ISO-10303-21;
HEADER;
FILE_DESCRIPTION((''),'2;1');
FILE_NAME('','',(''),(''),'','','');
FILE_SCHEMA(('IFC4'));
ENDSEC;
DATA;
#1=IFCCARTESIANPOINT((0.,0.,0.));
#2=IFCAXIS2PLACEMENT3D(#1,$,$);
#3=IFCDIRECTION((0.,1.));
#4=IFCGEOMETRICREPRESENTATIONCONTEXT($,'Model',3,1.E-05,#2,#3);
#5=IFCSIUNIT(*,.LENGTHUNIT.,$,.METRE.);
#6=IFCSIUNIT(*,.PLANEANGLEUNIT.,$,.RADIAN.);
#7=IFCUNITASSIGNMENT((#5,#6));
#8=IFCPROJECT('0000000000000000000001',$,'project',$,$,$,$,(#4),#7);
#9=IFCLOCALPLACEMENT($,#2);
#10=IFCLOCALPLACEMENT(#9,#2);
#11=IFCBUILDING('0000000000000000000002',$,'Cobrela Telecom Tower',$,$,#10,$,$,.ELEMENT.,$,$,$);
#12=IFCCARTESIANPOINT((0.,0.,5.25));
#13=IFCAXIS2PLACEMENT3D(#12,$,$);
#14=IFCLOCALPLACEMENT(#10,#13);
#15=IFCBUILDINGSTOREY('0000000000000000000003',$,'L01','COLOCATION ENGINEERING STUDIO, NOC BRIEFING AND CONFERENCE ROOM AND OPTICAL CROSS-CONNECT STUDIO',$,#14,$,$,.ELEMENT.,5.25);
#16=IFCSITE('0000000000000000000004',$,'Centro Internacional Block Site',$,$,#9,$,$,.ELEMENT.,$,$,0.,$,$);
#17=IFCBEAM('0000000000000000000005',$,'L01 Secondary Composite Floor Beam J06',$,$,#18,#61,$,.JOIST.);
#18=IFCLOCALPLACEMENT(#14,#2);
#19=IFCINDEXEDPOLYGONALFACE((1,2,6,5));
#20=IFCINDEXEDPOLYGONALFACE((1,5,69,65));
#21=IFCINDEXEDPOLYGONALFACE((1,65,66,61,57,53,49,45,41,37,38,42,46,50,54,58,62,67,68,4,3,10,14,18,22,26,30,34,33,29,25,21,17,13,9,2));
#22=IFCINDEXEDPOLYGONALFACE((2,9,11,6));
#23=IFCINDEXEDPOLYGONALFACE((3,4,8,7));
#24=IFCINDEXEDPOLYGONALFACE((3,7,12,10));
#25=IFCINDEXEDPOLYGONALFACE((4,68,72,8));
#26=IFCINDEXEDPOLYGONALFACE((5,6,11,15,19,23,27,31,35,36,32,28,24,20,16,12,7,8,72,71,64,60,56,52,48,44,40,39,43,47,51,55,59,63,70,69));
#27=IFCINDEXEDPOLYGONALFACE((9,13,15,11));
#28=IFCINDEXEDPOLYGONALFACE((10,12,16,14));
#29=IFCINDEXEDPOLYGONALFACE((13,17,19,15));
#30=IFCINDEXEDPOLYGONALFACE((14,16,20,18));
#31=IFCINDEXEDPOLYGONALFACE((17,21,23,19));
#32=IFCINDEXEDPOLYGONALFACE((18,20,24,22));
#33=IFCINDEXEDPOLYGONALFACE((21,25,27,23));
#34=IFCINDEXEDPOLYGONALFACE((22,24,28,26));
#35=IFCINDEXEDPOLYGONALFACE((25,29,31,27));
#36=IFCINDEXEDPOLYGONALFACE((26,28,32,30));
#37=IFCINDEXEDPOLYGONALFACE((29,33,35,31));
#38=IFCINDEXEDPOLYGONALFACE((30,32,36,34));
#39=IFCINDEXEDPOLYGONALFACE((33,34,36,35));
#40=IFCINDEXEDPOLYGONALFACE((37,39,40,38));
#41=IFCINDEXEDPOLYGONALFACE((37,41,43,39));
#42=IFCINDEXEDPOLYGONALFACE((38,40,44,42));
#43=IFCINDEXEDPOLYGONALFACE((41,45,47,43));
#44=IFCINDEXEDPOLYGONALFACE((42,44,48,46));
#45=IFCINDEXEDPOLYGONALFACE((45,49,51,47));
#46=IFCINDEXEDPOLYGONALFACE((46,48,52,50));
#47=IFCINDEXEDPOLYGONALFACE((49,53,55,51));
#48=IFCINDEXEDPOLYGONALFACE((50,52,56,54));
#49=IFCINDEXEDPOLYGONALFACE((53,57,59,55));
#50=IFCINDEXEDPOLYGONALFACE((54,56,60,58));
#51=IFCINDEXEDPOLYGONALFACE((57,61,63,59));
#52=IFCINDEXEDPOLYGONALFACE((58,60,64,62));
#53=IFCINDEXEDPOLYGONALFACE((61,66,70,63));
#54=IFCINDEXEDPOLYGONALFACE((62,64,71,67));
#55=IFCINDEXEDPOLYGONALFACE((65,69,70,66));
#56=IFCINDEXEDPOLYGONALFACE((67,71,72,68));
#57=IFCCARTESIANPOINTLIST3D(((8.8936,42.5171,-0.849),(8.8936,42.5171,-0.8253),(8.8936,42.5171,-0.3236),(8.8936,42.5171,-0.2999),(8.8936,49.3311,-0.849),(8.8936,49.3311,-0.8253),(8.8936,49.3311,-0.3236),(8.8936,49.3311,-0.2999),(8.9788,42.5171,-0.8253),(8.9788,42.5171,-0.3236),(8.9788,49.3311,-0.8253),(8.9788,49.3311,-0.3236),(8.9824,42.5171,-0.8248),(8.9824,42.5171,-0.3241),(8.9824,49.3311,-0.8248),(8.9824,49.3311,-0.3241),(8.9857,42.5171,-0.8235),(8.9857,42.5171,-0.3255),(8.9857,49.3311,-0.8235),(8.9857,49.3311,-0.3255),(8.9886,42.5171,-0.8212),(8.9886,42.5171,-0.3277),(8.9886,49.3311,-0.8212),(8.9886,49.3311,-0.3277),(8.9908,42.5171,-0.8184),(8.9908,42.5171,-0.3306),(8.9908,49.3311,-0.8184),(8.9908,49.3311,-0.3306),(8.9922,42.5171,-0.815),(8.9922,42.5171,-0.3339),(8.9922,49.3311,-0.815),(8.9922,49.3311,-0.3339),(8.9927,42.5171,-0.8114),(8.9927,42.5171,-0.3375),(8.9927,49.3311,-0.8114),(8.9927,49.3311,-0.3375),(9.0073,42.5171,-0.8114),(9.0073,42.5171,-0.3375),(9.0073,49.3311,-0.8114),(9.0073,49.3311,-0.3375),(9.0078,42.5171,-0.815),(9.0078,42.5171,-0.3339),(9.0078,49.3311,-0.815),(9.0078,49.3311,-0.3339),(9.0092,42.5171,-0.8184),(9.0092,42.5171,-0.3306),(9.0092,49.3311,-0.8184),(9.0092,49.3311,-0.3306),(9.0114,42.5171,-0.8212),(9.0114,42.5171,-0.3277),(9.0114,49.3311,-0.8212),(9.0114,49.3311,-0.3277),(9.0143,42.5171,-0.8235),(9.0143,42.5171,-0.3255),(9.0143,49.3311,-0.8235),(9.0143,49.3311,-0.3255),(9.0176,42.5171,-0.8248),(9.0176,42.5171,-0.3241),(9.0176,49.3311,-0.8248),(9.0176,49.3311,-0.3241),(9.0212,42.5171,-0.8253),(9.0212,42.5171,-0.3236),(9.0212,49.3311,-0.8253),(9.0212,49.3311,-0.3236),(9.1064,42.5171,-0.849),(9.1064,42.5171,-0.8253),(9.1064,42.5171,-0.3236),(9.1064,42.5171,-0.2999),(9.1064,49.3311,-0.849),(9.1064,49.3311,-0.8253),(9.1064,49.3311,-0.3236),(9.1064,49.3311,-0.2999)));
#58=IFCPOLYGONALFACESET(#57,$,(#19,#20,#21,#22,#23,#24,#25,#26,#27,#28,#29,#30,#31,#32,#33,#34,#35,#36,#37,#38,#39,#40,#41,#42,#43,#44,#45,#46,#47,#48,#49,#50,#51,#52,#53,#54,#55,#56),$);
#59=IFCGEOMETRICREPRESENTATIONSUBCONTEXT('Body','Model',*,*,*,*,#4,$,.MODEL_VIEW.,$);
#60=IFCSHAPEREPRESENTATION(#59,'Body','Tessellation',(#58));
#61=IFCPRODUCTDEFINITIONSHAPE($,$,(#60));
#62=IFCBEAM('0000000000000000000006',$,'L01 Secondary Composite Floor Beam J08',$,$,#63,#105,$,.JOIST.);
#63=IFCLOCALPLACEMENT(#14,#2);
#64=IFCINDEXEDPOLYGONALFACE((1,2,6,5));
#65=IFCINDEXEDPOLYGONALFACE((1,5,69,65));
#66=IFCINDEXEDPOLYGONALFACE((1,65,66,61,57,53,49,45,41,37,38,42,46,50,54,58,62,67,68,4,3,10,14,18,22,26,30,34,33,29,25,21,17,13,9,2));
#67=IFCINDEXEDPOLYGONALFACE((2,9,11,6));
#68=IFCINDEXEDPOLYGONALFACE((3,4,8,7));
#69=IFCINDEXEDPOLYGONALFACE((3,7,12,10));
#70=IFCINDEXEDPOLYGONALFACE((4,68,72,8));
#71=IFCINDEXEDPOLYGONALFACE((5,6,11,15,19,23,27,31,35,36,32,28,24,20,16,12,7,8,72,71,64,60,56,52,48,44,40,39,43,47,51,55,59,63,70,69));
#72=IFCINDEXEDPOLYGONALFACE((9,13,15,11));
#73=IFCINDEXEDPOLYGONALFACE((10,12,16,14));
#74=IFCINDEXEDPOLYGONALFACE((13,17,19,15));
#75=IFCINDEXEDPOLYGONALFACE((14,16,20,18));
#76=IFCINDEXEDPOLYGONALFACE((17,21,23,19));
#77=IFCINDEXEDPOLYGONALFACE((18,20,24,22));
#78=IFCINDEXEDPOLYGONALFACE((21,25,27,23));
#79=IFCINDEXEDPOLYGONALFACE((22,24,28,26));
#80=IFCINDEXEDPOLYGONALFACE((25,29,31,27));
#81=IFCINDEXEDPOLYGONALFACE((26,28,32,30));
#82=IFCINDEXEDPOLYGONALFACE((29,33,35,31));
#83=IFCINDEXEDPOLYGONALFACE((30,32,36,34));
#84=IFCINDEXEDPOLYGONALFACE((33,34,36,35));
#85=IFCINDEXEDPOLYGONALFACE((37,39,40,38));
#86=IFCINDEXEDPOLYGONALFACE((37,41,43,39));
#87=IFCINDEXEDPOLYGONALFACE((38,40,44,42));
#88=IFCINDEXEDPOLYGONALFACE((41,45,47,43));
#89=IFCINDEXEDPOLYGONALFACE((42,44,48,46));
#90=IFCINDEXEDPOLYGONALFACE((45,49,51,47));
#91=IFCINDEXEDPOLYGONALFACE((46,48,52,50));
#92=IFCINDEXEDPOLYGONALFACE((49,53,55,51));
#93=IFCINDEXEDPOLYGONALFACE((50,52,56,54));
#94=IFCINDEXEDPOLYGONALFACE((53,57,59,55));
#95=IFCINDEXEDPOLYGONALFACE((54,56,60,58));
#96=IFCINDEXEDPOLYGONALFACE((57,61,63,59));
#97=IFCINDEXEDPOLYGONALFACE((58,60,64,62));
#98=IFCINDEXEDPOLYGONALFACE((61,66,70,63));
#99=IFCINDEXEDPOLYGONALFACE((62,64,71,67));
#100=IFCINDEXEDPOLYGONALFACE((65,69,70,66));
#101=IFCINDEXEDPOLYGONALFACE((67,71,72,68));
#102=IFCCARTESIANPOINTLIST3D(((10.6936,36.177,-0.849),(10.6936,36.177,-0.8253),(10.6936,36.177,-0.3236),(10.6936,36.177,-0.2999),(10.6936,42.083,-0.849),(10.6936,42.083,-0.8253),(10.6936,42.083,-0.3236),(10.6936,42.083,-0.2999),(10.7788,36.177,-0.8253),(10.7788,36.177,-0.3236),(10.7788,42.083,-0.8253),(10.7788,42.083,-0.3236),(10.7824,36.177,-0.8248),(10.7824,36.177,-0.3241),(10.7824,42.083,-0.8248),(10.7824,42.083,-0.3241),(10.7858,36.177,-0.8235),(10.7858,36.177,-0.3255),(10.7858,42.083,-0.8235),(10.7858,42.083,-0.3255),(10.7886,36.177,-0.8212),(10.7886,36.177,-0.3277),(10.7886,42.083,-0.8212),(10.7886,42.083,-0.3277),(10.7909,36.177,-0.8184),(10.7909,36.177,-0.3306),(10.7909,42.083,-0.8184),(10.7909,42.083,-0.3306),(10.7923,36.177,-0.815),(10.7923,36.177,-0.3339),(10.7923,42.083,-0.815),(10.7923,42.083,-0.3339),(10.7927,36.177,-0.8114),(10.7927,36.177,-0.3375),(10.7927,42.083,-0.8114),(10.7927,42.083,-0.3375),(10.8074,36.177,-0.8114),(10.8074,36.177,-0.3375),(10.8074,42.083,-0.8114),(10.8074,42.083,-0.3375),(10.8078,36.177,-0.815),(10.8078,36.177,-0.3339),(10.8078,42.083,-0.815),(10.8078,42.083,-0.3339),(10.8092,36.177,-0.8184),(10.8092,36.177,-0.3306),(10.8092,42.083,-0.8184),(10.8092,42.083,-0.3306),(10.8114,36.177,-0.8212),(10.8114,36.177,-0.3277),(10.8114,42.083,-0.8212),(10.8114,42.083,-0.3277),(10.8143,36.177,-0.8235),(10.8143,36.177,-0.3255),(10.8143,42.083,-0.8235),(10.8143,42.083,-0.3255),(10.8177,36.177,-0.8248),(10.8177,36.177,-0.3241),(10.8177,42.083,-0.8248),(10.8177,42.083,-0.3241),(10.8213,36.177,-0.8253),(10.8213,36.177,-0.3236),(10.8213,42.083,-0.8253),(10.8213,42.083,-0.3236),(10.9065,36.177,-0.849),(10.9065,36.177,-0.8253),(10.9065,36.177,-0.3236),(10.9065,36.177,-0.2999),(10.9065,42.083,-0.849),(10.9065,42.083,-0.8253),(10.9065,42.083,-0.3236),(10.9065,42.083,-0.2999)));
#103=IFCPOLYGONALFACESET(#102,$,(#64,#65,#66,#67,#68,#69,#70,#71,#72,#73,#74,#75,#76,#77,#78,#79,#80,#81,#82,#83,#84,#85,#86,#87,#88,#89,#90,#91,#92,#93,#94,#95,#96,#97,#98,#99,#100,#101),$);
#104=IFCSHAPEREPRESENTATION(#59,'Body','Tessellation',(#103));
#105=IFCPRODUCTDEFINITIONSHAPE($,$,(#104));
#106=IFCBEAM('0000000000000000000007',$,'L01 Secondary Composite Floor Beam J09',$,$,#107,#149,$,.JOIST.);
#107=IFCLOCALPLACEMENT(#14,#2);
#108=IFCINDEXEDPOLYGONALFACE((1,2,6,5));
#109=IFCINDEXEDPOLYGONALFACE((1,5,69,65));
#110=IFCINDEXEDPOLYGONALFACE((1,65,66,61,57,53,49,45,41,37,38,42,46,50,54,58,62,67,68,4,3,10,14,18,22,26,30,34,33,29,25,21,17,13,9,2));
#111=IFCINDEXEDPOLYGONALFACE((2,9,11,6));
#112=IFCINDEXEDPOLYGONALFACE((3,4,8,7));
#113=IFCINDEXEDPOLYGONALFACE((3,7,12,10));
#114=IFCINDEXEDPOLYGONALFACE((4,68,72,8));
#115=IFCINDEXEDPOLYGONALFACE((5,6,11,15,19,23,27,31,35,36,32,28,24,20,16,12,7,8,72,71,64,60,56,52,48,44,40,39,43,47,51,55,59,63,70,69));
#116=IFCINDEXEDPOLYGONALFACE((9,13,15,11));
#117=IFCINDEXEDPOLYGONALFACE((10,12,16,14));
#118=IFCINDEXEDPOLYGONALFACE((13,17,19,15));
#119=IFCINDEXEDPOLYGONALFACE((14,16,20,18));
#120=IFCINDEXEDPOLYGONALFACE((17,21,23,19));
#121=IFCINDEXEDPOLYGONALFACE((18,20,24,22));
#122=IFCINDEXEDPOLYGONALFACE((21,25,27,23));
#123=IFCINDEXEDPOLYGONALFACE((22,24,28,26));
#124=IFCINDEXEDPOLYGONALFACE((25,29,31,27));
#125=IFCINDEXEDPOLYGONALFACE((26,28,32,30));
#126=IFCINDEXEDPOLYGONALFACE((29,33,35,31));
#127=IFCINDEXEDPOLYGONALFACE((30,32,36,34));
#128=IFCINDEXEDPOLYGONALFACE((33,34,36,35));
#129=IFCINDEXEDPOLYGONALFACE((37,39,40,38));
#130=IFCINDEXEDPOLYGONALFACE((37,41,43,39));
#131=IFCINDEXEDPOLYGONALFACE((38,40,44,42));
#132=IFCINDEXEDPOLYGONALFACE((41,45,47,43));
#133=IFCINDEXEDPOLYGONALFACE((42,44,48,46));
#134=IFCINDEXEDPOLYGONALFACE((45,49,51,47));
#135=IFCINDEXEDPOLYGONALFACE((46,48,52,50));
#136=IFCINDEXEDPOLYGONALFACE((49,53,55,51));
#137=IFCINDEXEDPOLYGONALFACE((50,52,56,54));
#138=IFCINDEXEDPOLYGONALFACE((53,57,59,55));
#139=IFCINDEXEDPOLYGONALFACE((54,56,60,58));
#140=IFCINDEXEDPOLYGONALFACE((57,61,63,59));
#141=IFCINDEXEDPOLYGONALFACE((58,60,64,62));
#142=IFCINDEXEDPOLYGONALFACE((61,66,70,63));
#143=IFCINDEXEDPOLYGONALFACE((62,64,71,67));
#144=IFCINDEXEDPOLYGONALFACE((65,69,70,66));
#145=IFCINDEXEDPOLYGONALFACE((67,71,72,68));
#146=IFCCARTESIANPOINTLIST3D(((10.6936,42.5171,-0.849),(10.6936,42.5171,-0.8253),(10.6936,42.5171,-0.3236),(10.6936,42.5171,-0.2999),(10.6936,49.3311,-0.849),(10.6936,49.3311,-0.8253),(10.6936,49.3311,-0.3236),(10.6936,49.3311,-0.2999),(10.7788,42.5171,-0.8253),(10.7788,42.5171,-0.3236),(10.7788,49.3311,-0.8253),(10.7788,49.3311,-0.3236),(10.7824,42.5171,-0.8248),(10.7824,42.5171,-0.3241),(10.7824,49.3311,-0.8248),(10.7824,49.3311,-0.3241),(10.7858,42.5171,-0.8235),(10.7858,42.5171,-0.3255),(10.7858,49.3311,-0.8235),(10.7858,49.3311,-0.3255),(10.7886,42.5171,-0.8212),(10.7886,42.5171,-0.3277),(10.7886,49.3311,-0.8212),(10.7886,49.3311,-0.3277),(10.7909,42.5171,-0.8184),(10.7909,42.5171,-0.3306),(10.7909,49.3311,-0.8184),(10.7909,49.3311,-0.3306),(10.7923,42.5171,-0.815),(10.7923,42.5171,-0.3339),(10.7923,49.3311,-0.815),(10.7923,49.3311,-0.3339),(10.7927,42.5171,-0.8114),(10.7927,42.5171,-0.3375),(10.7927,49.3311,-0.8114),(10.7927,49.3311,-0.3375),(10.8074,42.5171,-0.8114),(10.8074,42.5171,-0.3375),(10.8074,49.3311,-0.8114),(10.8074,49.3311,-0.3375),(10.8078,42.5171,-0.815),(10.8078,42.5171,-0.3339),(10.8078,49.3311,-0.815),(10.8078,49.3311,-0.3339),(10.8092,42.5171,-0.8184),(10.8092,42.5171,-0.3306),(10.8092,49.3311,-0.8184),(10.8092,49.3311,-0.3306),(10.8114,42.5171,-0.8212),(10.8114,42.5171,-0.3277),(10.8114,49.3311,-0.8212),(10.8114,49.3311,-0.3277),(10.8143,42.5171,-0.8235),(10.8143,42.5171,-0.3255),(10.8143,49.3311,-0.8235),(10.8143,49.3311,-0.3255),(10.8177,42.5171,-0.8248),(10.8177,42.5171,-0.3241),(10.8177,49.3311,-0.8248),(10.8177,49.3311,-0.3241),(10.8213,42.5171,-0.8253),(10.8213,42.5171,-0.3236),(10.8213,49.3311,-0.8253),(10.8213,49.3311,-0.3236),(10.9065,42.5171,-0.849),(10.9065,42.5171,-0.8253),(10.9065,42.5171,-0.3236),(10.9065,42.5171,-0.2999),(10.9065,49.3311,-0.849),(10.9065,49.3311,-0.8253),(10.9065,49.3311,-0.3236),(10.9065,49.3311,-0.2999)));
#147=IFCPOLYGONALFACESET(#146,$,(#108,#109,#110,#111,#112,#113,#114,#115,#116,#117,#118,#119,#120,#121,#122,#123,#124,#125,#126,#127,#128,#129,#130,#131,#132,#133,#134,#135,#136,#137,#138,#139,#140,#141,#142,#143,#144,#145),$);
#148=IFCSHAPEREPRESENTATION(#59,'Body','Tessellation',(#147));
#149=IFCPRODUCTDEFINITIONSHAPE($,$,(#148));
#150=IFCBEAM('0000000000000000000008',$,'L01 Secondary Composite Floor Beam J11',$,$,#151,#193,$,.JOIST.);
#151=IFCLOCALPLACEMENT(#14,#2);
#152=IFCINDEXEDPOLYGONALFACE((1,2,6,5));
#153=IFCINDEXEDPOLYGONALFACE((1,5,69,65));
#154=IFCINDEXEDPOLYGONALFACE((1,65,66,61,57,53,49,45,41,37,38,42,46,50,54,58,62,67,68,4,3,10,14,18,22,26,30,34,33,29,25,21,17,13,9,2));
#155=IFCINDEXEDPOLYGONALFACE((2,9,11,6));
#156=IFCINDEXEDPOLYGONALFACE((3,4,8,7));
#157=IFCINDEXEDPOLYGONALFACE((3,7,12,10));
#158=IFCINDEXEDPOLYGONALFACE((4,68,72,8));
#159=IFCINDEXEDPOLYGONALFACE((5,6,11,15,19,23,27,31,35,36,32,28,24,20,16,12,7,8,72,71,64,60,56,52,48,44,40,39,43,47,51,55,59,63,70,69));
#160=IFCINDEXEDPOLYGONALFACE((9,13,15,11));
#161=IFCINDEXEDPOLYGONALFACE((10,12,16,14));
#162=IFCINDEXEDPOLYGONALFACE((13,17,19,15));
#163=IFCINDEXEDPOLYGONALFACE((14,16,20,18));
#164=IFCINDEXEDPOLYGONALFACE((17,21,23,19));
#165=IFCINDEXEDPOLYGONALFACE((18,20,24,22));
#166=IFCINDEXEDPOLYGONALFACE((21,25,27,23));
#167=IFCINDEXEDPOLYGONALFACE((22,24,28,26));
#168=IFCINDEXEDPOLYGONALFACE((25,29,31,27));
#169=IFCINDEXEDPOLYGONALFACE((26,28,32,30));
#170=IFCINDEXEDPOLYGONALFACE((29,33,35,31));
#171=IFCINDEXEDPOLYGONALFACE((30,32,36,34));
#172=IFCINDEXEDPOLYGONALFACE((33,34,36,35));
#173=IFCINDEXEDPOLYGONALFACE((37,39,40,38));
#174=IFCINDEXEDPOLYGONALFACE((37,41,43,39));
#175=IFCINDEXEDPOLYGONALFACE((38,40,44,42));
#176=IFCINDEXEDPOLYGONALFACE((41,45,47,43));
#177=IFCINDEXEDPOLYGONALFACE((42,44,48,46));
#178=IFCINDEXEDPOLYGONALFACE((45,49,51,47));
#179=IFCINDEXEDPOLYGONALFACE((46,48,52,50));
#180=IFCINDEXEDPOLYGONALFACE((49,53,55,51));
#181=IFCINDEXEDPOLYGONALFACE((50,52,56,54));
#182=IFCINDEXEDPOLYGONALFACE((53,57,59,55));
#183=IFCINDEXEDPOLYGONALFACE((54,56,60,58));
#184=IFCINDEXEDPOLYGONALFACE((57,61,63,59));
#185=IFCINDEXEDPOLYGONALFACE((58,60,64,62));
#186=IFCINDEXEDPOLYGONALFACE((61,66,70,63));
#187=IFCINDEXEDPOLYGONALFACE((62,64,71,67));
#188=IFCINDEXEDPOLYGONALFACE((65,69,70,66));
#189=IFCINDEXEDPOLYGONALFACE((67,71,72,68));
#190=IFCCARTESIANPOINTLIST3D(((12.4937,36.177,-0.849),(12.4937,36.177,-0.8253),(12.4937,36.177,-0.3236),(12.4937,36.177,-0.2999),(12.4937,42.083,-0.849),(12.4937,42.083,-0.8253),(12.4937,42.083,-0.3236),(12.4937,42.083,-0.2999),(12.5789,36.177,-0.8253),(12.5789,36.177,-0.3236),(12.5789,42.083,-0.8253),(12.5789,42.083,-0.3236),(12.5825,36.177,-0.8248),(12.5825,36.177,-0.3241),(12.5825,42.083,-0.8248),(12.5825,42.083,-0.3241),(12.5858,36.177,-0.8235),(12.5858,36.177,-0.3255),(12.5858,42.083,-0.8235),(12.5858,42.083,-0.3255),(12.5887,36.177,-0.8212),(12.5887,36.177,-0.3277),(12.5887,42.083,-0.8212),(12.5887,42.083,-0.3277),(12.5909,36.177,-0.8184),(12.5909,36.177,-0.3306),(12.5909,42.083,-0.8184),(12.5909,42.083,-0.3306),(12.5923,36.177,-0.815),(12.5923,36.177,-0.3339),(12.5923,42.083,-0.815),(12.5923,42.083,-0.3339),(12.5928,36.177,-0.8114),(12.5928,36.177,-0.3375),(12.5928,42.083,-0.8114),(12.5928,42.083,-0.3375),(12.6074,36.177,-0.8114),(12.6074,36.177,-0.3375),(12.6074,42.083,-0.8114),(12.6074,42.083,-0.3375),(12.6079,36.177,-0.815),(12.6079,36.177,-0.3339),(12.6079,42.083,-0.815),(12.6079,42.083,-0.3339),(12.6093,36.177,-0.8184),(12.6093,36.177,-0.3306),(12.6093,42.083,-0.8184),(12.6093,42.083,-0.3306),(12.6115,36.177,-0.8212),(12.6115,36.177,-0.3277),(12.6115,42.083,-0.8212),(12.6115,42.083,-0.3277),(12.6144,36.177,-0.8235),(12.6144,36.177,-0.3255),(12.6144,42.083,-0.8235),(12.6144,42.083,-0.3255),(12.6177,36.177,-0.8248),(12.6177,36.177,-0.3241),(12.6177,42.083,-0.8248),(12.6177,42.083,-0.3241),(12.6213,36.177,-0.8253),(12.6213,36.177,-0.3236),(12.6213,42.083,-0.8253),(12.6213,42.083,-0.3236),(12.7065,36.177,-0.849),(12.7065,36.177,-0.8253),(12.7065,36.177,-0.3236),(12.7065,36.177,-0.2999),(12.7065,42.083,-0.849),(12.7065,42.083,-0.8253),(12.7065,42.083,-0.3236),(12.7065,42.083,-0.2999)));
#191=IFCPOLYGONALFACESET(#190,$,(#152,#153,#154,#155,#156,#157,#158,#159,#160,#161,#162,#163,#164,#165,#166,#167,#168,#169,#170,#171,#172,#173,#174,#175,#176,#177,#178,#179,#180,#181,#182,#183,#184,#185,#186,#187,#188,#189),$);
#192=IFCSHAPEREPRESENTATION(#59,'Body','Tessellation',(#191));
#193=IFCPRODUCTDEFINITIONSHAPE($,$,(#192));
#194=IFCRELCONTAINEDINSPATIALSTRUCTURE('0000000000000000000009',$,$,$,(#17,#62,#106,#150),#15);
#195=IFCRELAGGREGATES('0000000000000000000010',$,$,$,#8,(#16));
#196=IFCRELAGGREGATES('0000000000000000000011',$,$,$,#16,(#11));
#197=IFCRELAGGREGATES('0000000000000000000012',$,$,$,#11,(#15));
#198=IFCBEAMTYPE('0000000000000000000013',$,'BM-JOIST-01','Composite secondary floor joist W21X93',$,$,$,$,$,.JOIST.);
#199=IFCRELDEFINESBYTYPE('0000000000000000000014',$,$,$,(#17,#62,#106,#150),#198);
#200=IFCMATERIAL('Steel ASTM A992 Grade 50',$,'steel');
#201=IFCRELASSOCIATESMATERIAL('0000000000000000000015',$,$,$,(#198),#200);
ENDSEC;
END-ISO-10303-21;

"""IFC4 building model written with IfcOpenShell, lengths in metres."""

from ifc_helpers import new_model, si_unit, direction, frame, origin, origin_2d, place, context, subcontext, project, spatial, i_section, extrude, material, material_profile, profile_set, type_object, element, save


model = new_model("IFC4")

# Units and contexts
model_context = context("Model", 3, precision=1e-05, world=origin(), true_north=direction((0.0, 1.0)))
body_context = subcontext(model_context, "Body", "Model", "MODEL_VIEW")
ifc_project = project(units=[si_unit("LENGTHUNIT", "METRE"), si_unit("PLANEANGLEUNIT", "RADIAN")], contexts=[model_context])

# Site, building, storey
site_placement = place(None, origin())
site = spatial("IfcSite", under=ifc_project, at=site_placement, Name="Centro Internacional Block Site", CompositionType="ELEMENT", RefElevation=0.0)
building_placement = place(site_placement, origin())
building = spatial("IfcBuilding", under=site, at=building_placement, Name="Cobrela Telecom Tower", CompositionType="ELEMENT")
storey_placement = place(building_placement, frame((0.0, 0.0, 5.25)))
storey = spatial("IfcBuildingStorey", under=building, at=storey_placement, Name="L01", Description="COLOCATION ENGINEERING STUDIO, NOC BRIEFING AND CONFERENCE ROOM AND OPTICAL CROSS-CONNECT STUDIO", CompositionType="ELEMENT", Elevation=5.25)

# Beams
ifc_material_1 = material(Name="Steel ASTM A992 Grade 50", Category="steel")
ifc_material_profile_1 = material_profile(ifc_material_1, i_section(OverallWidth=0.2129, OverallDepth=0.5491, WebThickness=0.0146, FlangeThickness=0.0237, FilletRadius=0.0139, at=origin_2d()), Name="W21X93")
ifc_profile_set_1 = profile_set([ifc_material_profile_1], Name="Steel ASTM A992 Grade 50")
beam_type_1 = type_object("IfcBeamType", Name="BM-JOIST-01", Description="Composite secondary floor joist W21X93", PredefinedType="JOIST", material=ifc_profile_set_1)
beam_1_placement = place(storey_placement, frame((9.0, 42.5171, -0.5745), z_axis=(0.0, 1.0, 0.0), x_axis=(-1.0, 0.0, 0.0)))
element("IfcBeam", 1, at=beam_1_placement, inside=storey, type_object=beam_type_1, Name="L01 Secondary Composite Floor Beam J06", PredefinedType="JOIST", context=body_context, shape_type="SweptSolid", body=[
    extrude(i_section(OverallWidth=0.2129, OverallDepth=0.5491, WebThickness=0.0146, FlangeThickness=0.0237, FilletRadius=0.0139, at=origin_2d()), origin(), (0.0, 0.0, 1.0), 6.814),
])
beam_2_placement = place(storey_placement, frame((10.8, 36.177, -0.5745), z_axis=(0.0, 1.0, 0.0), x_axis=(-1.0, 0.0, 0.0)))
element("IfcBeam", 2, at=beam_2_placement, inside=storey, type_object=beam_type_1, Name="L01 Secondary Composite Floor Beam J08", PredefinedType="JOIST", context=body_context, shape_type="SweptSolid", body=[
    extrude(i_section(OverallWidth=0.2129, OverallDepth=0.5491, WebThickness=0.0146, FlangeThickness=0.0237, FilletRadius=0.0139, at=origin_2d()), origin(), (0.0, 0.0, 1.0), 5.906),
])
beam_3_placement = place(storey_placement, frame((10.8, 42.5171, -0.5745), z_axis=(0.0, 1.0, 0.0), x_axis=(-1.0, 0.0, 0.0)))
element("IfcBeam", 3, at=beam_3_placement, inside=storey, type_object=beam_type_1, Name="L01 Secondary Composite Floor Beam J09", PredefinedType="JOIST", context=body_context, shape_type="SweptSolid", body=[
    extrude(i_section(OverallWidth=0.2129, OverallDepth=0.5491, WebThickness=0.0146, FlangeThickness=0.0237, FilletRadius=0.0139, at=origin_2d()), origin(), (0.0, 0.0, 1.0), 6.814),
])
beam_4_placement = place(storey_placement, frame((12.6001, 36.177, -0.5745), z_axis=(0.0, 1.0, 0.0), x_axis=(-1.0, 0.0, 0.0)))
element("IfcBeam", 4, at=beam_4_placement, inside=storey, type_object=beam_type_1, Name="L01 Secondary Composite Floor Beam J11", PredefinedType="JOIST", context=body_context, shape_type="SweptSolid", body=[
    extrude(i_section(OverallWidth=0.2129, OverallDepth=0.5491, WebThickness=0.0146, FlangeThickness=0.0237, FilletRadius=0.0139, at=origin_2d()), origin(), (0.0, 0.0, 1.0), 5.906),
])

save(model, "model.ifc")
